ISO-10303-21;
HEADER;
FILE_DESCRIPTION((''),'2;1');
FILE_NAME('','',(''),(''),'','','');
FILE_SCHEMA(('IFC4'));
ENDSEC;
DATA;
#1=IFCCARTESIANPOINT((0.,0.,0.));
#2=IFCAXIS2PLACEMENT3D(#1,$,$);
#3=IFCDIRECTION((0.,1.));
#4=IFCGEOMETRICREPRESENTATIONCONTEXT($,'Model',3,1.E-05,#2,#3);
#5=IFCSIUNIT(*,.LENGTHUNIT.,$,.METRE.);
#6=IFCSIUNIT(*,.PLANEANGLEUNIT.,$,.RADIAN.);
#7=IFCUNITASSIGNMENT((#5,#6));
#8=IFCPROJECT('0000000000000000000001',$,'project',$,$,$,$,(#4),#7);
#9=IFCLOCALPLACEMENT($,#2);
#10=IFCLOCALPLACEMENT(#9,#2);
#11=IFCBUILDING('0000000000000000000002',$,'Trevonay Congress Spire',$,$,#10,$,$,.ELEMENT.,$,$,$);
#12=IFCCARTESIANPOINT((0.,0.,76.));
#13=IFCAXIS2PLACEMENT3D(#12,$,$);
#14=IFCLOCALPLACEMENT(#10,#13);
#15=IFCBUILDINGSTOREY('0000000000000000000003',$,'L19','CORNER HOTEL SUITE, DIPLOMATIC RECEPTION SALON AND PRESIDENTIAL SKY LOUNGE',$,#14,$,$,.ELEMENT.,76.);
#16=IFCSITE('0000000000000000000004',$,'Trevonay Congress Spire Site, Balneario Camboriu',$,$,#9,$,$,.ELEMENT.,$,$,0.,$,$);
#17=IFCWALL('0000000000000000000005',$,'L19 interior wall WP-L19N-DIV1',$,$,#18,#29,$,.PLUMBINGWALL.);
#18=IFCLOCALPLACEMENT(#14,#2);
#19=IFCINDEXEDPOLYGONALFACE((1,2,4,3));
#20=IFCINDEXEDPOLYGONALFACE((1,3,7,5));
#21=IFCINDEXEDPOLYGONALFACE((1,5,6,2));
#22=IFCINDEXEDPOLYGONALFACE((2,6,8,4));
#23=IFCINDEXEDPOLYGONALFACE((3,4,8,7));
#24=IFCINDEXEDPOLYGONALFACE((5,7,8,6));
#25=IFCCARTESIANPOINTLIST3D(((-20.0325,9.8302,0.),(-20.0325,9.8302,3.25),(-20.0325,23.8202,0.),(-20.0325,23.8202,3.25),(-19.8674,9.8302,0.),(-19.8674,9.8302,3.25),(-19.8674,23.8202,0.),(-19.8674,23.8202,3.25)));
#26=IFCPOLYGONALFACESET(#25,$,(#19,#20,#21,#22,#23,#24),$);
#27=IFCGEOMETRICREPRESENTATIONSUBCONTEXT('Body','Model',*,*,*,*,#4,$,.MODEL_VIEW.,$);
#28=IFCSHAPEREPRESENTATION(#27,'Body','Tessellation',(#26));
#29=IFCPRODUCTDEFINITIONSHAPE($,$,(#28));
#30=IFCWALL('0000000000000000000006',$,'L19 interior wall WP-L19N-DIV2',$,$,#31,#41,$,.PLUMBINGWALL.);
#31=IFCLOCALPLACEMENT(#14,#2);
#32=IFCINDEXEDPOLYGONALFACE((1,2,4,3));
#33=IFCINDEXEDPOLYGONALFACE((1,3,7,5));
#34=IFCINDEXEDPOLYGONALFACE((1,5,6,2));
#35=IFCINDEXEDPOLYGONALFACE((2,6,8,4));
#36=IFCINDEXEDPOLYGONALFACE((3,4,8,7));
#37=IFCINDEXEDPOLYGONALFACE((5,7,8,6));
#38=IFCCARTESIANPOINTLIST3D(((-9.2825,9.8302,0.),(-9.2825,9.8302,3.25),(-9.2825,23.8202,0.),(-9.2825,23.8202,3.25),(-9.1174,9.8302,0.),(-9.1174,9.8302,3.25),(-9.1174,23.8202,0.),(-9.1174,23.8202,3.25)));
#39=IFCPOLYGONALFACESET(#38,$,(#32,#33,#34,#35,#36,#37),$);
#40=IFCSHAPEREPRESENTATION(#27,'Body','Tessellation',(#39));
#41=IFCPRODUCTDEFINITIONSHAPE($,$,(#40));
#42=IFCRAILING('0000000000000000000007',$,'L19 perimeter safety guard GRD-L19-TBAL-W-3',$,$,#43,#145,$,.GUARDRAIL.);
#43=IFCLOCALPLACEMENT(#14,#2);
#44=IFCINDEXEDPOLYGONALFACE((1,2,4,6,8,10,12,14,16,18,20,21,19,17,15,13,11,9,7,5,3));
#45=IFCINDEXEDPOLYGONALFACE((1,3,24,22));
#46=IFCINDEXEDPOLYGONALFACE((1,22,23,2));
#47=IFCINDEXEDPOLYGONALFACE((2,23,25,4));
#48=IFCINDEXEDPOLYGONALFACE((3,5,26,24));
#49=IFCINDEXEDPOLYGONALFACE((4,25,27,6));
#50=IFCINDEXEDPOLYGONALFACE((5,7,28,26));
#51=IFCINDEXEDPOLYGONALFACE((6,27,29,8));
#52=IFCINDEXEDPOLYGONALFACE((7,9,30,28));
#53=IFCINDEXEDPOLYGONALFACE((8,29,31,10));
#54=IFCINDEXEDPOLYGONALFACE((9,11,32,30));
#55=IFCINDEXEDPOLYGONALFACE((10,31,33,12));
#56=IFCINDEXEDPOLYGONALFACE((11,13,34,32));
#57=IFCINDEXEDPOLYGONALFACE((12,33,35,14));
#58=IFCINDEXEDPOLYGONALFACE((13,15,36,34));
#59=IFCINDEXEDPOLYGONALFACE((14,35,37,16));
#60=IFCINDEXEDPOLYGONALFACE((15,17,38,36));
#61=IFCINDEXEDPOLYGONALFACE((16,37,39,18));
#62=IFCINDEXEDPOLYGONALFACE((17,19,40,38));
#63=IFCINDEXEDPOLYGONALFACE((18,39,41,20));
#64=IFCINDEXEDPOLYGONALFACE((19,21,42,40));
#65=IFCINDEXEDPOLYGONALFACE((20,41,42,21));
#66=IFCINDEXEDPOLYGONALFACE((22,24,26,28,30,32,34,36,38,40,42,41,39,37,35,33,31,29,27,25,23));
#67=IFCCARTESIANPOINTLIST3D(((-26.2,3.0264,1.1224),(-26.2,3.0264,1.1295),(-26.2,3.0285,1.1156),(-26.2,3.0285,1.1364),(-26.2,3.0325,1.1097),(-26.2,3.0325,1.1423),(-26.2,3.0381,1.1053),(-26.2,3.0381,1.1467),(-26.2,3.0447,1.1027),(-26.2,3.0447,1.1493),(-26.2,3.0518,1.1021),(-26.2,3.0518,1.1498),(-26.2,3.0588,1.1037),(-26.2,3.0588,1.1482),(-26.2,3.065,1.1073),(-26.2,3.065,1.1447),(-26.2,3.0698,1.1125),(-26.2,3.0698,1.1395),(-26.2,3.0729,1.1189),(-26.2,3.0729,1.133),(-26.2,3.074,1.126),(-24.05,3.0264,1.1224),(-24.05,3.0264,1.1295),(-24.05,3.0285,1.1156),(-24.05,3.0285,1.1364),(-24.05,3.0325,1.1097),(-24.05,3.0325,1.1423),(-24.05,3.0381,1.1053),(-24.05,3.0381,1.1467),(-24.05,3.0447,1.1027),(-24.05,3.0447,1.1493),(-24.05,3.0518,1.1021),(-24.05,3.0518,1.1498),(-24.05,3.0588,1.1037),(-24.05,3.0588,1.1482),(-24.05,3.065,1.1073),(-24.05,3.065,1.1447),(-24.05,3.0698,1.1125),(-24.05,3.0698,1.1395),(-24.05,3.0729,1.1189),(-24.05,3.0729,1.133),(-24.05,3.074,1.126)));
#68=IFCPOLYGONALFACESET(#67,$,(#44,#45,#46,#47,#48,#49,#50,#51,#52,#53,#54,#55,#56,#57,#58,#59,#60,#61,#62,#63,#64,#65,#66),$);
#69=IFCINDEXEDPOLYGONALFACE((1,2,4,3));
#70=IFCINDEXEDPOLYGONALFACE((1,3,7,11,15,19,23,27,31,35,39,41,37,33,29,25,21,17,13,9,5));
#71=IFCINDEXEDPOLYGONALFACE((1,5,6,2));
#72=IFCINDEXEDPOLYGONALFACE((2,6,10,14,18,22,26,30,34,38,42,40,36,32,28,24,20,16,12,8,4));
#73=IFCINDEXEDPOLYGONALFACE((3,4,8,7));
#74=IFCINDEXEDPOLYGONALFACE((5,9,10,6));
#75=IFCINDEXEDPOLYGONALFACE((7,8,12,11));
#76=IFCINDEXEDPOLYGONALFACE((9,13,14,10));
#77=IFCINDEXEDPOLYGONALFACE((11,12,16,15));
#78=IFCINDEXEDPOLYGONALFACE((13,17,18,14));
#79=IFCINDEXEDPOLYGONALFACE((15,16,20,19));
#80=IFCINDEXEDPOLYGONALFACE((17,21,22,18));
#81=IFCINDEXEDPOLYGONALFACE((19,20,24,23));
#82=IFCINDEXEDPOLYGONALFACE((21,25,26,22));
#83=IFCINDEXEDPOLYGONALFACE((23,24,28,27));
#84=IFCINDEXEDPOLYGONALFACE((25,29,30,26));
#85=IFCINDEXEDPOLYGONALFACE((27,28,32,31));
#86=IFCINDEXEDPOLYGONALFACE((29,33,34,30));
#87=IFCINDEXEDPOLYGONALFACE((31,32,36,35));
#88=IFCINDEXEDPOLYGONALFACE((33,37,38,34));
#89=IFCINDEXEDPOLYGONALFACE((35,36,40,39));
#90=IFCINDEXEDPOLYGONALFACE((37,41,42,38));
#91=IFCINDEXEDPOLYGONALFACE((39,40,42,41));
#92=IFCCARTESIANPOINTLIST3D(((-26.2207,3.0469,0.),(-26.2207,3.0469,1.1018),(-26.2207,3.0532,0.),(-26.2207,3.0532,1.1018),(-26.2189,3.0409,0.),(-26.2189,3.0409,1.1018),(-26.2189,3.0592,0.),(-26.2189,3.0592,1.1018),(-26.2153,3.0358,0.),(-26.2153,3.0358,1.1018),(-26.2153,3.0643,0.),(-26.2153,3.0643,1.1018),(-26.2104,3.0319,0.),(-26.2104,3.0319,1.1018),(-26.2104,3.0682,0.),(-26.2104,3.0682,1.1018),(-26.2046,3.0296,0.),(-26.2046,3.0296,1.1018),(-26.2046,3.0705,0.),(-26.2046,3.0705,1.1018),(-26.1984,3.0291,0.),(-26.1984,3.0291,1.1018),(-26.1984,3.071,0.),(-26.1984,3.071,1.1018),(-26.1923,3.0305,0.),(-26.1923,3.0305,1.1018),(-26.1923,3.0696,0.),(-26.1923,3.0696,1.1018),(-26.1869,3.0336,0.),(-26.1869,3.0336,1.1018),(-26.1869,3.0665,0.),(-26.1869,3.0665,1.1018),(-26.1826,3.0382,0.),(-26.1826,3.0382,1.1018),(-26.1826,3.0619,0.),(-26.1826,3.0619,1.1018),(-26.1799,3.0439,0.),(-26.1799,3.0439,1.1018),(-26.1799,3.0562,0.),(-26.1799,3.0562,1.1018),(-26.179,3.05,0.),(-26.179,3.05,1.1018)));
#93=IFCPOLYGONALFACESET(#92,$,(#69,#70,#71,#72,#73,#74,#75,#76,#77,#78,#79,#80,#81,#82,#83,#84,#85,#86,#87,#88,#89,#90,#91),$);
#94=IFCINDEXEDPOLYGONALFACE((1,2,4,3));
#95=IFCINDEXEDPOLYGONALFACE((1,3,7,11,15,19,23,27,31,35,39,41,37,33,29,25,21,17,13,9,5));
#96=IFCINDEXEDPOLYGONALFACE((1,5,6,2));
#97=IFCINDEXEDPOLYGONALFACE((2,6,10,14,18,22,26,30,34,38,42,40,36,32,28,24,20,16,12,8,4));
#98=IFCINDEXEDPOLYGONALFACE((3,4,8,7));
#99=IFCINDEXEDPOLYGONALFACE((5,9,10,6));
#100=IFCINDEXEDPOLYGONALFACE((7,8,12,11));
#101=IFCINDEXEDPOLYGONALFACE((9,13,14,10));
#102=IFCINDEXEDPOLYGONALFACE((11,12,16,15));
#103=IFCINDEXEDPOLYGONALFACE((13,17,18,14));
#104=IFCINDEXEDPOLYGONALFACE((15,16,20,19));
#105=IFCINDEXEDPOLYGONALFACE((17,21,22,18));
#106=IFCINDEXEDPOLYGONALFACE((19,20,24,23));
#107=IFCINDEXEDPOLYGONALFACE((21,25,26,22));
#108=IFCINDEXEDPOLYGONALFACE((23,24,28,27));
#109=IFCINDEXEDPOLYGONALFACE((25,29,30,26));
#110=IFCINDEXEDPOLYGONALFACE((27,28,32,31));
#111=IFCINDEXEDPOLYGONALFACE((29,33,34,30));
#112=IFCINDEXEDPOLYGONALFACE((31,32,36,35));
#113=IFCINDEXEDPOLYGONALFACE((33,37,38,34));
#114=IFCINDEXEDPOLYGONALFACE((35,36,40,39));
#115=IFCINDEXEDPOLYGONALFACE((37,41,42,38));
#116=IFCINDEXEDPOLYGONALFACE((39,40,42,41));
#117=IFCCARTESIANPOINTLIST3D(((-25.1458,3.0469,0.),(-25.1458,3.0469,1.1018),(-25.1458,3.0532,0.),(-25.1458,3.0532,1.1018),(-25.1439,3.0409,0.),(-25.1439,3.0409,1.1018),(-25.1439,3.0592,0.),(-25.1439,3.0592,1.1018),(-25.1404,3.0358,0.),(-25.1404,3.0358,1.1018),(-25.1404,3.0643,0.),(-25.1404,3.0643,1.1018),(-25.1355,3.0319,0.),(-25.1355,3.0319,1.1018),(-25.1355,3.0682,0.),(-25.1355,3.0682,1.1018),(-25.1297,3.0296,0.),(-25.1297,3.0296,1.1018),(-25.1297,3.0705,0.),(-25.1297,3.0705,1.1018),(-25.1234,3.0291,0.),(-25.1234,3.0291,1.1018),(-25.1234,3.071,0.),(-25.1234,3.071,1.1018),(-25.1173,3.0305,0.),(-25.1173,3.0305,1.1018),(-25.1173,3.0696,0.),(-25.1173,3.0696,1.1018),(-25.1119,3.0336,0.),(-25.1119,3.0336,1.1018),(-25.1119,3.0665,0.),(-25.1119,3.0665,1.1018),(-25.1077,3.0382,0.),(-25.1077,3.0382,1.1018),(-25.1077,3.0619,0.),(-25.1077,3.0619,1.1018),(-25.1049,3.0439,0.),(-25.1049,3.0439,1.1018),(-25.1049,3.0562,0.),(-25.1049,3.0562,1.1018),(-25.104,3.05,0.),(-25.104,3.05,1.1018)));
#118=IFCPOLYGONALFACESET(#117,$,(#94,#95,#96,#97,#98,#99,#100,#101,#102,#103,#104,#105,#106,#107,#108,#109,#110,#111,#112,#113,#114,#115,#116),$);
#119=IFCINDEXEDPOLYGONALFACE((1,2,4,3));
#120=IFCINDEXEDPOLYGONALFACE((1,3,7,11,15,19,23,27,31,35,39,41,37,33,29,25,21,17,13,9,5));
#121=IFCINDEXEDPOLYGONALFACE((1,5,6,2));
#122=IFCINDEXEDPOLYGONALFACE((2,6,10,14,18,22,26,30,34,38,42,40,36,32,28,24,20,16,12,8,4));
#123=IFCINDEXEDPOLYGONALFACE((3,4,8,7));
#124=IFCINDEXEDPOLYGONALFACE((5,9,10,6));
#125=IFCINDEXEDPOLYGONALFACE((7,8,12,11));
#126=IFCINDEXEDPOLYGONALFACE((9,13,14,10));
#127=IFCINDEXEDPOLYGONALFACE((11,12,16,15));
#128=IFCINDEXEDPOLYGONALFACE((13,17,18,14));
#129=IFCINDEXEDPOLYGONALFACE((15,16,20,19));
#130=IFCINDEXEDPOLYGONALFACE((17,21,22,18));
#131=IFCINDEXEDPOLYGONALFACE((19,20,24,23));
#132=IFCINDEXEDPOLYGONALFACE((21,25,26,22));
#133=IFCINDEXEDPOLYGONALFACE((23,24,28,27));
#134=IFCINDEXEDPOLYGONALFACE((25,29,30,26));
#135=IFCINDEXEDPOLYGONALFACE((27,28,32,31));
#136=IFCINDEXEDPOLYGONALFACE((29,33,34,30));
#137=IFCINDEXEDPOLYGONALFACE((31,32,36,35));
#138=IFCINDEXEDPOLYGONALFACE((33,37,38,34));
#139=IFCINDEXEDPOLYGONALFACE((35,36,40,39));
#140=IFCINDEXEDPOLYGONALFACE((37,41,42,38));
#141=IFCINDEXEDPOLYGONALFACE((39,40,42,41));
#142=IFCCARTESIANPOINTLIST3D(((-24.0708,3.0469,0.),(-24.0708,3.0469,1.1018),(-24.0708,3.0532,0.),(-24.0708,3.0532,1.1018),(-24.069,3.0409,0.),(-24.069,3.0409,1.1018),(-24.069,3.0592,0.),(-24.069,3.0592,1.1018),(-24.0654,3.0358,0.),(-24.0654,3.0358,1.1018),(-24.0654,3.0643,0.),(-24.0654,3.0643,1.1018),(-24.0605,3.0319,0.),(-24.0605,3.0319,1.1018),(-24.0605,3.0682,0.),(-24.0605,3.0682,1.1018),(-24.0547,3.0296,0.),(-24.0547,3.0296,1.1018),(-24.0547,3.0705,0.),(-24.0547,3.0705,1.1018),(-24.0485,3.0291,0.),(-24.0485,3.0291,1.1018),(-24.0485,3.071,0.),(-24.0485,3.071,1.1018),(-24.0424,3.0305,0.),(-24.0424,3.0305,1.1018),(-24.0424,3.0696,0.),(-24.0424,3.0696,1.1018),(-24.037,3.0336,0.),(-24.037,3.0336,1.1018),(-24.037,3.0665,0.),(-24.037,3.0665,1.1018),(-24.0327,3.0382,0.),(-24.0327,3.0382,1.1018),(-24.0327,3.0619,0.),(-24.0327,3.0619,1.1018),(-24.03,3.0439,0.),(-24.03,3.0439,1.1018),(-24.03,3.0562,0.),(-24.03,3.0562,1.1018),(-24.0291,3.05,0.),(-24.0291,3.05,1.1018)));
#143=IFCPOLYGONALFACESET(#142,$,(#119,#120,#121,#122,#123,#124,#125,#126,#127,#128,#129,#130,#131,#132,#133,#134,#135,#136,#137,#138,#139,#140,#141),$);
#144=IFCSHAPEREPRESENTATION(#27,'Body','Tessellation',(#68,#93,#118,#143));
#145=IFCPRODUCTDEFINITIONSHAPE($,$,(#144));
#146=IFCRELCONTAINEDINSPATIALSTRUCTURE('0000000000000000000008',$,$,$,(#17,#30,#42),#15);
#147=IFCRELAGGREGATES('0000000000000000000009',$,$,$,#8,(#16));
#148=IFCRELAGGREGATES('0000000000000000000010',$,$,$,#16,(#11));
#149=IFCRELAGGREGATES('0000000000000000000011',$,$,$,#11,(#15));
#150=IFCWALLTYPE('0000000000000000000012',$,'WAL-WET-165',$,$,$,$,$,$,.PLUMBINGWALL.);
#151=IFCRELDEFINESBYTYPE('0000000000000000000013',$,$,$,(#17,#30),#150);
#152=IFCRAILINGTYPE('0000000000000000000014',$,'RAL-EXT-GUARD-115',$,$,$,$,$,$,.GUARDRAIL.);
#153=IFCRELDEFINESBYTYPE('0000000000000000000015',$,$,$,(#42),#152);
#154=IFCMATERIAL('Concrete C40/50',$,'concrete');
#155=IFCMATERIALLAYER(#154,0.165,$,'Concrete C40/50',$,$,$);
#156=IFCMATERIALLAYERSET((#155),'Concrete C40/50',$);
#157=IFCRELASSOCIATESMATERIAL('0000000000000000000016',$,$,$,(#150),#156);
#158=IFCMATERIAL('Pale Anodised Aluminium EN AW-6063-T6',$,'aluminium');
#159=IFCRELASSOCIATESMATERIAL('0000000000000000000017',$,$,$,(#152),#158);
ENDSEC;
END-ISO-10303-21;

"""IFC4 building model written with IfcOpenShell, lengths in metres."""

from ifc_helpers import new_model, si_unit, direction, frame, frame_2d, origin, origin_2d, place, context, subcontext, project, spatial, rectangle, circle, extrude, material, layer, layer_set, type_object, element, save


model = new_model("IFC4")

# Units and contexts
model_context = context("Model", 3, precision=1e-05, world=origin(), true_north=direction((0.0, 1.0)))
body_context = subcontext(model_context, "Body", "Model", "MODEL_VIEW")
ifc_project = project(units=[si_unit("LENGTHUNIT", "METRE"), si_unit("PLANEANGLEUNIT", "RADIAN")], contexts=[model_context])

# Site, building, storey
site_placement = place(None, origin())
site = spatial("IfcSite", under=ifc_project, at=site_placement, Name="Trevonay Congress Spire Site, Balneario Camboriu", CompositionType="ELEMENT", RefElevation=0.0)
building_placement = place(site_placement, origin())
building = spatial("IfcBuilding", under=site, at=building_placement, Name="Trevonay Congress Spire", CompositionType="ELEMENT")
storey_placement = place(building_placement, frame((0.0, 0.0, 76.0)))
storey = spatial("IfcBuildingStorey", under=building, at=storey_placement, Name="L19", Description="CORNER HOTEL SUITE, DIPLOMATIC RECEPTION SALON AND PRESIDENTIAL SKY LOUNGE", CompositionType="ELEMENT", Elevation=76.0)

# Shared definitions
ifc_material_1 = material(Name="Pale Anodised Aluminium EN AW-6063-T6", Category="aluminium")

# Shared definitions
ifc_material_2 = material(Name="Concrete C40/50", Category="concrete")

# Walls
ifc_layer_1 = layer(ifc_material_2, 0.165, Name="Concrete C40/50")
ifc_layer_set_1 = layer_set([ifc_layer_1], Name="Concrete C40/50")
wall_type_1 = type_object("IfcWallType", Name="WAL-WET-165", PredefinedType="PLUMBINGWALL", material=ifc_layer_set_1)
for number, where, z_axis, x_axis, name in (
    (1, (-19.95, 9.8301, 0.0), (0.0, 0.0, 1.0), (0.0, 1.0, 0.0), "L19 interior wall WP-L19N-DIV1"),
    (2, (-9.2, 9.8301, 0.0), (0.0, 0.0, 1.0), (0.0, 1.0, 0.0), "L19 interior wall WP-L19N-DIV2"),
):
    element("IfcWall", number, at=place(storey_placement, frame(where, z_axis=z_axis, x_axis=x_axis)), inside=storey, type_object=wall_type_1, Name=name, PredefinedType="PLUMBINGWALL", context=body_context, shape_type="SweptSolid", body=[
        extrude(rectangle(XDim=13.99, YDim=0.165, at=frame_2d((6.9951, 0.0))), origin(), (0.0, 0.0, 1.0), 3.25),
    ])

# Railing
railing_type = type_object("IfcRailingType", Name="RAL-EXT-GUARD-115", PredefinedType="GUARDRAIL", material=ifc_material_1)
railing_placement = place(storey_placement, frame((-26.2, 3.05, 0.0)))
element("IfcRailing", 3, at=railing_placement, inside=storey, type_object=railing_type, Name="L19 perimeter safety guard GRD-L19-TBAL-W-3", PredefinedType="GUARDRAIL", context=body_context, shape_type="SweptSolid", body=[
    extrude(circle(Radius=0.0239, at=origin_2d()), frame((0.0, 0.0, 1.126), z_axis=(1.0, 0.0, 0.0), x_axis=(0.0, 1.0, 0.0)), (0.0, 0.0, 1.0), 2.1499),
    extrude(circle(Radius=0.021, at=origin_2d()), origin(), (0.0, 0.0, 1.0), 1.1018),
    extrude(circle(Radius=0.021, at=origin_2d()), frame((1.075, 0.0, 0.0)), (0.0, 0.0, 1.0), 1.1018),
    extrude(circle(Radius=0.021, at=origin_2d()), frame((2.1499, 0.0, 0.0)), (0.0, 0.0, 1.0), 1.1018),
])

save(model, "model.ifc")
